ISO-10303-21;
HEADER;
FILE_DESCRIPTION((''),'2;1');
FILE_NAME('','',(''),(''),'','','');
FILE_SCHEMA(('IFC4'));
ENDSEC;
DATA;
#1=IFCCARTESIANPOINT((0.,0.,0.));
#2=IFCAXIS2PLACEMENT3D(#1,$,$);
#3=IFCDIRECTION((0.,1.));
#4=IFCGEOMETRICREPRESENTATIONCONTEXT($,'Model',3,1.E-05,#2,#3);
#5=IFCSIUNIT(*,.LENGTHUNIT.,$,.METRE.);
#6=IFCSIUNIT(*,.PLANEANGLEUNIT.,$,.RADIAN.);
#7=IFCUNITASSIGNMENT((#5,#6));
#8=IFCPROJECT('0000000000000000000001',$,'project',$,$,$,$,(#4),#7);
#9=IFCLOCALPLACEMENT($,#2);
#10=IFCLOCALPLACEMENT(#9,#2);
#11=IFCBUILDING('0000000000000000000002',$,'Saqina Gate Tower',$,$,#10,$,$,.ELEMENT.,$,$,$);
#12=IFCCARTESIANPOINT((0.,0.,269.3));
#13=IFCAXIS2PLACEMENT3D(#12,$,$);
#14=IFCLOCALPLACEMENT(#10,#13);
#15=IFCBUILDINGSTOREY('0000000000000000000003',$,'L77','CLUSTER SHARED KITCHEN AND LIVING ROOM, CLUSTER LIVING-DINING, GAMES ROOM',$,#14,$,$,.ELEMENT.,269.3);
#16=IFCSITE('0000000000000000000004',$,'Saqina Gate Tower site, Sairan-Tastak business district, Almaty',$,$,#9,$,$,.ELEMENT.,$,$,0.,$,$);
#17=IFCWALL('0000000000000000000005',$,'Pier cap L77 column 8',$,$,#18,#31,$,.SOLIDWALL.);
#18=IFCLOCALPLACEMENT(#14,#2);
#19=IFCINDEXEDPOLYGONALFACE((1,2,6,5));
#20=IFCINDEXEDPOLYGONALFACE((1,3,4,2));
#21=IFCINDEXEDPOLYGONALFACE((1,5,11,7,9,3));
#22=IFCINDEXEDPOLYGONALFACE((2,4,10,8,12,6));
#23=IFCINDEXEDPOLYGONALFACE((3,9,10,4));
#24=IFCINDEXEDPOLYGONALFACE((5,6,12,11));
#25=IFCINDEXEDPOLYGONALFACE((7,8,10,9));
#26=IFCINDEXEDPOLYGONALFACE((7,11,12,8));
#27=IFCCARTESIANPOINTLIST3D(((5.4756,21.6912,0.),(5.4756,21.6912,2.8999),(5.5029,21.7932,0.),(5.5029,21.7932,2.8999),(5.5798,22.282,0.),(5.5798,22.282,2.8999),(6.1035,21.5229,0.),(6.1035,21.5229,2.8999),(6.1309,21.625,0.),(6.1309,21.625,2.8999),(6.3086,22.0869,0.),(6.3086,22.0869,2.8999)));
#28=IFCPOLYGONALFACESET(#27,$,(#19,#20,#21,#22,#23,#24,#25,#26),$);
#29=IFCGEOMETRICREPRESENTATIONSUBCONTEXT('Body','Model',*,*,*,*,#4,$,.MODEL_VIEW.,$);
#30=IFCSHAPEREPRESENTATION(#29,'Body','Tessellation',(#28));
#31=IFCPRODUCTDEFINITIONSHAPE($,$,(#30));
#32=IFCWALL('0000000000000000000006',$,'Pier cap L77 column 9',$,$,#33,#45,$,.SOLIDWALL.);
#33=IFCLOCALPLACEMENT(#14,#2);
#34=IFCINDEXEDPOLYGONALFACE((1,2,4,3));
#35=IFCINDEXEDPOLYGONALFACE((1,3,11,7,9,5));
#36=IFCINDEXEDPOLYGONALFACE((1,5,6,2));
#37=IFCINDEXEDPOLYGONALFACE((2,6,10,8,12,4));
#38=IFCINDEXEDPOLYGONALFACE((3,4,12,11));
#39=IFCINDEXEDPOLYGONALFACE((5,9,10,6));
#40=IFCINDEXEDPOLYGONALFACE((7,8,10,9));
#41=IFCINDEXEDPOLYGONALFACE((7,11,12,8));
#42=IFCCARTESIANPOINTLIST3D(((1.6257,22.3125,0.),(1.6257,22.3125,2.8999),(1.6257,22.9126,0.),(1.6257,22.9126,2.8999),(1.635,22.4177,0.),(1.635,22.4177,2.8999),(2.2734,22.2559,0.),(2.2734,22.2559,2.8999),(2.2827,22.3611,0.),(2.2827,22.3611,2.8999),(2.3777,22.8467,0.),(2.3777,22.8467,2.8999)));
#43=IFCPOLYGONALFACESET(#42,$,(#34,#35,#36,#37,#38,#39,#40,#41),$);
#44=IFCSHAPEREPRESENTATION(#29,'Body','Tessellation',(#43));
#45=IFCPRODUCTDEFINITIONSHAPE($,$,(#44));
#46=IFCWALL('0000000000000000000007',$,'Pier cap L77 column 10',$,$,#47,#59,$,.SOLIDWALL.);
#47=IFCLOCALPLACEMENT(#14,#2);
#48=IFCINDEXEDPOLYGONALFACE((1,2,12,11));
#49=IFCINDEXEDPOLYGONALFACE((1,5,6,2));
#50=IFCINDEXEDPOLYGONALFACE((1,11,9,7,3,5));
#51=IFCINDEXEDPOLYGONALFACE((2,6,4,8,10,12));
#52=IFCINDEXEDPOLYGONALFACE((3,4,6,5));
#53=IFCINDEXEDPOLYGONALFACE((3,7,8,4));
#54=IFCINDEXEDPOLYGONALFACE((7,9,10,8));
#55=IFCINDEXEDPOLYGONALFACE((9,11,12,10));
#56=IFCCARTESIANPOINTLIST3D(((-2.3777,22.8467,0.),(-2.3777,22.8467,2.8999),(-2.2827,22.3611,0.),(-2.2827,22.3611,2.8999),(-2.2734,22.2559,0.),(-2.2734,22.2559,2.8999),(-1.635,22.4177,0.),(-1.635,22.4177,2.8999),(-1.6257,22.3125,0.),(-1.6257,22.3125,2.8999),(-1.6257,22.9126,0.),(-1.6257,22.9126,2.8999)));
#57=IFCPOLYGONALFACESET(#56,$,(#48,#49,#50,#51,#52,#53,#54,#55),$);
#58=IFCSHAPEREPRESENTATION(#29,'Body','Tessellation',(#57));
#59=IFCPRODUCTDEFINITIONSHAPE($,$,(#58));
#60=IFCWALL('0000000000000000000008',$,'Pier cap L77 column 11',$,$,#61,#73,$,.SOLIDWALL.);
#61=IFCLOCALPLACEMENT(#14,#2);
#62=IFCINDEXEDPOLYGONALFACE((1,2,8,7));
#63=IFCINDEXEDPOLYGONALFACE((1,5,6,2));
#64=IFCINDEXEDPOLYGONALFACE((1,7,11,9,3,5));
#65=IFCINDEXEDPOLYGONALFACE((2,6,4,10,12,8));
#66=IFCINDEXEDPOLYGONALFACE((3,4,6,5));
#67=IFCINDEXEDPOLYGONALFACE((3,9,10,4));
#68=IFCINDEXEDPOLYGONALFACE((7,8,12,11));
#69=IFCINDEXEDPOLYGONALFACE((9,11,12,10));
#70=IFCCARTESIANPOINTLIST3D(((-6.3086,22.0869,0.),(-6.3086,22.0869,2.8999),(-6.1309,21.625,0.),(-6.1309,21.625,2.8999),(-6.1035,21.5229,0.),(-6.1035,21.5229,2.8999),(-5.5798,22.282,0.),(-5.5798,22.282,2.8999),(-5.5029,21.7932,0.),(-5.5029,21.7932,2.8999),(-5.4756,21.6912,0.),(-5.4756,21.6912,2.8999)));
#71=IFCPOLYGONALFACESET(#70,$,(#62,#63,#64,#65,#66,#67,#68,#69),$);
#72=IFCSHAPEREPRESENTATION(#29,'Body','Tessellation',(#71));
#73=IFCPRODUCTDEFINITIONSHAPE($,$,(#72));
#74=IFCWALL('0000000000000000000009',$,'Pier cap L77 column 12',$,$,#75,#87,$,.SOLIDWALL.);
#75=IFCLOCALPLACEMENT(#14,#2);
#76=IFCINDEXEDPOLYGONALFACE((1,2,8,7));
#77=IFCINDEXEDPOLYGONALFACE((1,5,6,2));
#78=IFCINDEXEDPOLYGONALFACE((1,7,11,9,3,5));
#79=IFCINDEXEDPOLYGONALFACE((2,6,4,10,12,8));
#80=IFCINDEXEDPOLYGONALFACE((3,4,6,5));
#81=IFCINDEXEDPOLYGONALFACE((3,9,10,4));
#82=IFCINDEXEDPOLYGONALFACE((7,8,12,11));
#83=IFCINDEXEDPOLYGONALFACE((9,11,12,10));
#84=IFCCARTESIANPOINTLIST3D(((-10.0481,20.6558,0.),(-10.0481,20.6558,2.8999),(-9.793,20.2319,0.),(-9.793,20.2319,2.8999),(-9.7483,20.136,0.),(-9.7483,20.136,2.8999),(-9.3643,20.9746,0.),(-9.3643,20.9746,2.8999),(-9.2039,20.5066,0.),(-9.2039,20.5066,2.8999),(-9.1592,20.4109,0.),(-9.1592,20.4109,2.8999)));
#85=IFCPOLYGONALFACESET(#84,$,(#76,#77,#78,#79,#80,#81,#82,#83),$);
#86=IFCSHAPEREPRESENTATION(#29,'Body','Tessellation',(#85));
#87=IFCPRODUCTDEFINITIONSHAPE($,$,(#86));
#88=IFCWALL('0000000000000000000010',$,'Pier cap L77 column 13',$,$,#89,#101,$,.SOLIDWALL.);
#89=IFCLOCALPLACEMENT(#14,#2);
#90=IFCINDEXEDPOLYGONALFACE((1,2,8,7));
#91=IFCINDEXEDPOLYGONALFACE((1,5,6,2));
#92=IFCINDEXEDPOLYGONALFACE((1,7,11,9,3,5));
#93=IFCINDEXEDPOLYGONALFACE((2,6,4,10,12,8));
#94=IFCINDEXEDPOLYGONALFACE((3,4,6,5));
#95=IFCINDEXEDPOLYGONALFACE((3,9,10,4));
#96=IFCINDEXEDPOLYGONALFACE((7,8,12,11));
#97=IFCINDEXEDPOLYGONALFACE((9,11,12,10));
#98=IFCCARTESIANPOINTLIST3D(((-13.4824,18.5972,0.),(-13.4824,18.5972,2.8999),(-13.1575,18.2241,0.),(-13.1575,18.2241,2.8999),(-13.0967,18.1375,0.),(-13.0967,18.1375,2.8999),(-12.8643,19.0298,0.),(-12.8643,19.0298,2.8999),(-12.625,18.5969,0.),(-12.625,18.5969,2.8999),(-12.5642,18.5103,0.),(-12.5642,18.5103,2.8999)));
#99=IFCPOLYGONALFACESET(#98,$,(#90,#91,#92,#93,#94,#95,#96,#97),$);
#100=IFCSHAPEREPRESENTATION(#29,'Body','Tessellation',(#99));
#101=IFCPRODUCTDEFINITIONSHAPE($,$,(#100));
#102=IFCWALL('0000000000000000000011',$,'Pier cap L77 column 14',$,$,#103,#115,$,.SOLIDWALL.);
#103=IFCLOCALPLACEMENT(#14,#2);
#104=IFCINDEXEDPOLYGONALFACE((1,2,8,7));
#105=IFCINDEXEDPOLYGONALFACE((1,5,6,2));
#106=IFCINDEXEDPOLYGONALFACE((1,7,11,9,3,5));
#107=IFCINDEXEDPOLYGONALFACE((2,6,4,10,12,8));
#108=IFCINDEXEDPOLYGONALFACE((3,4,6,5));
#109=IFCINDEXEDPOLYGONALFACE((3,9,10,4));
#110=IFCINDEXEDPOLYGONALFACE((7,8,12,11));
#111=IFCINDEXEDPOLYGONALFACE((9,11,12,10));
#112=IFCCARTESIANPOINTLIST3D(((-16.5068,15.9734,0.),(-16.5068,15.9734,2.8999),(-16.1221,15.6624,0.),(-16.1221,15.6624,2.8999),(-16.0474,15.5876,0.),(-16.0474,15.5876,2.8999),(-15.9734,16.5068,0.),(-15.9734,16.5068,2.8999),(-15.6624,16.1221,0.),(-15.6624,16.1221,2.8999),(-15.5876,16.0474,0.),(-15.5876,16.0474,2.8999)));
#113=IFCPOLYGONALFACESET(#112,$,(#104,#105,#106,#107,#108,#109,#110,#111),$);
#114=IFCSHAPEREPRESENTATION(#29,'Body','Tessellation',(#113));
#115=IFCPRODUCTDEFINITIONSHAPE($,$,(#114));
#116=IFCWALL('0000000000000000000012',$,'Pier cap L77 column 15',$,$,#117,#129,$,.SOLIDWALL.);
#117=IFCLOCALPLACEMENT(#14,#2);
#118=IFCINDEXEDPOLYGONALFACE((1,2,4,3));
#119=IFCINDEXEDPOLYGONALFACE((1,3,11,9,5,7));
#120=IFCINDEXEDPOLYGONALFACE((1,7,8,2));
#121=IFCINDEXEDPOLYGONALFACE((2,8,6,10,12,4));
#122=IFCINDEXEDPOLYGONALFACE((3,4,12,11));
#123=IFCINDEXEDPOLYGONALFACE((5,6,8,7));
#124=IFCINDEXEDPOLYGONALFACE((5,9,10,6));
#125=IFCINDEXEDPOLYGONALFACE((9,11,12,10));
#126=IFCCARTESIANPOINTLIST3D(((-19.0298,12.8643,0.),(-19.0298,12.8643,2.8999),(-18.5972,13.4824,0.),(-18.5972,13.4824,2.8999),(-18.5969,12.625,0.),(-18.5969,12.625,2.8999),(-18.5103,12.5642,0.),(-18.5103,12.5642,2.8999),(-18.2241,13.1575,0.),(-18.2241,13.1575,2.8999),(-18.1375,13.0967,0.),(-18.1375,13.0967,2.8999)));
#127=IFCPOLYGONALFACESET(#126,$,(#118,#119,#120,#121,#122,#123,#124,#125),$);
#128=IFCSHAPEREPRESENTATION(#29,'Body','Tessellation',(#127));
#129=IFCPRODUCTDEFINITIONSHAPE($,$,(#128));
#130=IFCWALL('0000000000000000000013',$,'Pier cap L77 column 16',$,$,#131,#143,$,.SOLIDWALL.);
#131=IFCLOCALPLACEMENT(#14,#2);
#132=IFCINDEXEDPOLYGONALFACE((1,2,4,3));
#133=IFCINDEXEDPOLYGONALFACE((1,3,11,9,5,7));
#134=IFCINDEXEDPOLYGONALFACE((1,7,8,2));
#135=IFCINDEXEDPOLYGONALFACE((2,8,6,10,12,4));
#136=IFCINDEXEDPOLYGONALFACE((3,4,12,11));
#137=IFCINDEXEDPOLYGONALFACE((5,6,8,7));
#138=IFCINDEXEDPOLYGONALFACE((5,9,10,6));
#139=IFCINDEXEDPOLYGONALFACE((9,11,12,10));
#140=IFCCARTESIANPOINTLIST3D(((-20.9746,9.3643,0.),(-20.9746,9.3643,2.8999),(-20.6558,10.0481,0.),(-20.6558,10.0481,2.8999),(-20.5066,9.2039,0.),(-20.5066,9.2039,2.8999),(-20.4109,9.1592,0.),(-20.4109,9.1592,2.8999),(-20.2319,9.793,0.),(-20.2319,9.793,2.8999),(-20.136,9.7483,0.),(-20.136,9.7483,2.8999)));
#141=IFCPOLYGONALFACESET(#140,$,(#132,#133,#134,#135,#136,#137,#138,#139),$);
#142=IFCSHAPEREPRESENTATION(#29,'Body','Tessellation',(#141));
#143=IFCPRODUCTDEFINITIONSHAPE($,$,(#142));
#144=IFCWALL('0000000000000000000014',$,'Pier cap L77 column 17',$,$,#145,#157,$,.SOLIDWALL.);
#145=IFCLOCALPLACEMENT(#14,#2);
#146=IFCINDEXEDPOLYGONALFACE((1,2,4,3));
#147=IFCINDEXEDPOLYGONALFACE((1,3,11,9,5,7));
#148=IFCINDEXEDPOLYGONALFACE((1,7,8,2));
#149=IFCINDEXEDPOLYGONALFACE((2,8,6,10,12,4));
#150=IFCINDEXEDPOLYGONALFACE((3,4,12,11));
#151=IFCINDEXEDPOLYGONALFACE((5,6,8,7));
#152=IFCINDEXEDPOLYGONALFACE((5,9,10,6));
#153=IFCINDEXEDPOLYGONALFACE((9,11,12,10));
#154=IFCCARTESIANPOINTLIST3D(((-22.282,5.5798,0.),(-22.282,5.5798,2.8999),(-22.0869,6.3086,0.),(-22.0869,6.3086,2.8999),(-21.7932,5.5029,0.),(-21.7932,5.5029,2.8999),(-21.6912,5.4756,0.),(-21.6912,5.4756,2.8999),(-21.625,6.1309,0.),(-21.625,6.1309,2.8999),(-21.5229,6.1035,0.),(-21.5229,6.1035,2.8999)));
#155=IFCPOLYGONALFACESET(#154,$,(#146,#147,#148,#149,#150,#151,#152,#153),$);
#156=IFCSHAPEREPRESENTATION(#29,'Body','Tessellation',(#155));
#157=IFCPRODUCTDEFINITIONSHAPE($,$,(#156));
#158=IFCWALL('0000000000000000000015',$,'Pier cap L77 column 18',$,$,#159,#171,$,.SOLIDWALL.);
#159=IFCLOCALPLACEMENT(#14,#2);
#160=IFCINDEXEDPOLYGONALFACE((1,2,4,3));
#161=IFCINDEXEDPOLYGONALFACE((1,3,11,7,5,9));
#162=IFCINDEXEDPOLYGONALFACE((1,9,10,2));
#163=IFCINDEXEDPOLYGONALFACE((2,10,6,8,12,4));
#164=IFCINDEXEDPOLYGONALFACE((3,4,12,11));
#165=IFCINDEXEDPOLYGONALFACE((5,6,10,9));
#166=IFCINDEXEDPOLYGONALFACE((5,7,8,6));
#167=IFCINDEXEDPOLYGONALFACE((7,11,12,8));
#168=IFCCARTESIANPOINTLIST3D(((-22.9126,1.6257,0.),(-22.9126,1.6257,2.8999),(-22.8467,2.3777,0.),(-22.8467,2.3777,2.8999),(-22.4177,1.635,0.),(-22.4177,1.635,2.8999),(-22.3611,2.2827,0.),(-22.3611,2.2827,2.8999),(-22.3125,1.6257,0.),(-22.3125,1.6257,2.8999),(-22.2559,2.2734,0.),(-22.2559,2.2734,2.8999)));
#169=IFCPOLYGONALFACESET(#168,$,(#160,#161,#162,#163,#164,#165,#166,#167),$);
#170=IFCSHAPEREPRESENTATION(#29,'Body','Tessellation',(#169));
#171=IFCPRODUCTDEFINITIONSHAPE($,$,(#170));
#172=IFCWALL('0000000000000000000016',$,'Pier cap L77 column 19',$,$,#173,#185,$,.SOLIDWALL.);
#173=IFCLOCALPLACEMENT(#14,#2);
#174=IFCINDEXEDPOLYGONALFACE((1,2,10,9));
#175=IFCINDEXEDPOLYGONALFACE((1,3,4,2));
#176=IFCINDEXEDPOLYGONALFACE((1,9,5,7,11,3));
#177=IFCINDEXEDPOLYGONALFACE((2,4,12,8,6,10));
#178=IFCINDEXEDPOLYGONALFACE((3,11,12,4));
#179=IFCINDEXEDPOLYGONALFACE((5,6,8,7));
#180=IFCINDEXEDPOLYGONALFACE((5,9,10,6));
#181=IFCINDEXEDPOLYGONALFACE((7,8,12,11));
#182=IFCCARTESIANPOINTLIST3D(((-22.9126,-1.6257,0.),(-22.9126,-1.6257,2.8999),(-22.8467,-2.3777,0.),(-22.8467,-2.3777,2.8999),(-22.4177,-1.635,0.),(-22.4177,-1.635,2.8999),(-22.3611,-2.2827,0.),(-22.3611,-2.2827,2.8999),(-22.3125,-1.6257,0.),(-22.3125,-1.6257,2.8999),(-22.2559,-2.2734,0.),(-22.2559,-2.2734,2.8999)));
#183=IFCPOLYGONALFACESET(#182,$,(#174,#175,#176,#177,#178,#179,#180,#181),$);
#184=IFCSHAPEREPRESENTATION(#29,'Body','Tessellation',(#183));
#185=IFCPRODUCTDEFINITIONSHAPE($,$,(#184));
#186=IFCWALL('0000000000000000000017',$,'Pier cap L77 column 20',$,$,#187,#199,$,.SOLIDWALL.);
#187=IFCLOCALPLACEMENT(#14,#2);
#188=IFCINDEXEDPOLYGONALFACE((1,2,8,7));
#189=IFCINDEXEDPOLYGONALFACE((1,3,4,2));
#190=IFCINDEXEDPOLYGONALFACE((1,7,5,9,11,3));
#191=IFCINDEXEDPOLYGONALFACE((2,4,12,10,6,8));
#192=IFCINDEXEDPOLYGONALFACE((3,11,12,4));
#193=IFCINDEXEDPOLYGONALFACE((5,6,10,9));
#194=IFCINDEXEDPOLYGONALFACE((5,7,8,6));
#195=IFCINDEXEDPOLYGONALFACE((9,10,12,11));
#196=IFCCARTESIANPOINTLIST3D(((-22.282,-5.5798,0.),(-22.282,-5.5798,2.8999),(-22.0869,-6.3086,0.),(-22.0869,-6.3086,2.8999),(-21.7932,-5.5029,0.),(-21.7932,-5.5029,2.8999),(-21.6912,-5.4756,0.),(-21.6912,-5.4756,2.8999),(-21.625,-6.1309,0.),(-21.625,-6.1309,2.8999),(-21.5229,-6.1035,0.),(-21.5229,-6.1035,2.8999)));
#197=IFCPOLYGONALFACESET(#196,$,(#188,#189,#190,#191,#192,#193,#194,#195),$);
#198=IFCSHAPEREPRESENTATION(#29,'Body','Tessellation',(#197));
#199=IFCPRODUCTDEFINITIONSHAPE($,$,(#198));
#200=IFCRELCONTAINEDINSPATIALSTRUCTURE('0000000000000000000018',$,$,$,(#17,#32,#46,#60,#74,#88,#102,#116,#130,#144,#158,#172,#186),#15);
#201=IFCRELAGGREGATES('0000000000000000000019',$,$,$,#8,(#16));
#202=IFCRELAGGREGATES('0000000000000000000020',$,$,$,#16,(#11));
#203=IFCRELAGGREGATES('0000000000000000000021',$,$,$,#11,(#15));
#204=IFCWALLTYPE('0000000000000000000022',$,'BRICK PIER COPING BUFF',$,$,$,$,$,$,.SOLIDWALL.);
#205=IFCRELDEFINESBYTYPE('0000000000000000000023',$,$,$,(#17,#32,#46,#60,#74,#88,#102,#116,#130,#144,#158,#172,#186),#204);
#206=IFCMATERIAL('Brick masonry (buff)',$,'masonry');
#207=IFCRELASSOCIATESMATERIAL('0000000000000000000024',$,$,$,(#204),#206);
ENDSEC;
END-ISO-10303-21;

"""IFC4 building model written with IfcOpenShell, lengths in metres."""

from ifc_helpers import new_model, si_unit, direction, frame, origin, place, context, subcontext, project, spatial, polyline, outline, extrude, material, type_object, element, save


model = new_model("IFC4")

# Units and contexts
model_context = context("Model", 3, precision=1e-05, world=origin(), true_north=direction((0.0, 1.0)))
body_context = subcontext(model_context, "Body", "Model", "MODEL_VIEW")
ifc_project = project(units=[si_unit("LENGTHUNIT", "METRE"), si_unit("PLANEANGLEUNIT", "RADIAN")], contexts=[model_context])

# Site, building, storey
site_placement = place(None, origin())
site = spatial("IfcSite", under=ifc_project, at=site_placement, Name="Saqina Gate Tower site, Sairan-Tastak business district, Almaty", CompositionType="ELEMENT", RefElevation=0.0)
building_placement = place(site_placement, origin())
building = spatial("IfcBuilding", under=site, at=building_placement, Name="Saqina Gate Tower", CompositionType="ELEMENT")
storey_placement = place(building_placement, frame((0.0, 0.0, 269.3)))
storey = spatial("IfcBuildingStorey", under=building, at=storey_placement, Name="L77", Description="CLUSTER SHARED KITCHEN AND LIVING ROOM, CLUSTER LIVING-DINING, GAMES ROOM", CompositionType="ELEMENT", Elevation=269.3)

# Walls
ifc_material_1 = material(Name="Brick masonry (buff)", Category="masonry")
wall_type_1 = type_object("IfcWallType", Name="BRICK PIER COPING BUFF", PredefinedType="SOLIDWALL", material=ifc_material_1)
wall_1_placement = place(storey_placement, origin())
element("IfcWall", 1, at=wall_1_placement, inside=storey, type_object=wall_type_1, Name="Pier cap L77 column 8", PredefinedType="SOLIDWALL", context=body_context, shape_type="SweptSolid", body=[
    extrude(outline(polyline([(5.5798, 22.282), (5.4756, 21.6912), (5.5029, 21.7932), (6.1309, 21.625), (6.1035, 21.5229), (6.3086, 22.0869), (5.5798, 22.282)])), origin(), (0.0, 0.0, 1.0), 2.8999),
])
wall_2_placement = place(storey_placement, origin())
element("IfcWall", 2, at=wall_2_placement, inside=storey, type_object=wall_type_1, Name="Pier cap L77 column 9", PredefinedType="SOLIDWALL", context=body_context, shape_type="SweptSolid", body=[
    extrude(outline(polyline([(2.3777, 22.8467), (1.6257, 22.9126), (1.6257, 22.3125), (1.635, 22.4177), (2.2827, 22.3611), (2.2734, 22.2559), (2.3777, 22.8467)])), origin(), (0.0, 0.0, 1.0), 2.8999),
])
wall_3_placement = place(storey_placement, origin())
element("IfcWall", 3, at=wall_3_placement, inside=storey, type_object=wall_type_1, Name="Pier cap L77 column 10", PredefinedType="SOLIDWALL", context=body_context, shape_type="SweptSolid", body=[
    extrude(outline(polyline([(-1.6257, 22.9126), (-2.3777, 22.8467), (-2.2734, 22.2559), (-2.2827, 22.3611), (-1.635, 22.4177), (-1.6257, 22.3125), (-1.6257, 22.9126)])), origin(), (0.0, 0.0, 1.0), 2.8999),
])
wall_4_placement = place(storey_placement, origin())
element("IfcWall", 4, at=wall_4_placement, inside=storey, type_object=wall_type_1, Name="Pier cap L77 column 11", PredefinedType="SOLIDWALL", context=body_context, shape_type="SweptSolid", body=[
    extrude(outline(polyline([(-6.3086, 22.0869), (-6.1035, 21.5229), (-6.1309, 21.625), (-5.5029, 21.7932), (-5.4756, 21.6912), (-5.5798, 22.282), (-6.3086, 22.0869)])), origin(), (0.0, 0.0, 1.0), 2.8999),
])
wall_5_placement = place(storey_placement, origin())
element("IfcWall", 5, at=wall_5_placement, inside=storey, type_object=wall_type_1, Name="Pier cap L77 column 12", PredefinedType="SOLIDWALL", context=body_context, shape_type="SweptSolid", body=[
    extrude(outline(polyline([(-9.3643, 20.9746), (-10.0481, 20.6558), (-9.7483, 20.136), (-9.793, 20.2319), (-9.2039, 20.5066), (-9.1592, 20.4109), (-9.3643, 20.9746)])), origin(), (0.0, 0.0, 1.0), 2.8999),
])
wall_6_placement = place(storey_placement, origin())
element("IfcWall", 6, at=wall_6_placement, inside=storey, type_object=wall_type_1, Name="Pier cap L77 column 13", PredefinedType="SOLIDWALL", context=body_context, shape_type="SweptSolid", body=[
    extrude(outline(polyline([(-12.8643, 19.0298), (-13.4824, 18.5972), (-13.0967, 18.1375), (-13.1575, 18.2241), (-12.625, 18.5969), (-12.5642, 18.5103), (-12.8643, 19.0298)])), origin(), (0.0, 0.0, 1.0), 2.8999),
])
wall_7_placement = place(storey_placement, origin())
element("IfcWall", 7, at=wall_7_placement, inside=storey, type_object=wall_type_1, Name="Pier cap L77 column 14", PredefinedType="SOLIDWALL", context=body_context, shape_type="SweptSolid", body=[
    extrude(outline(polyline([(-16.5068, 15.9734), (-16.0474, 15.5876), (-16.1221, 15.6624), (-15.6624, 16.1221), (-15.5876, 16.0474), (-15.9734, 16.5068), (-16.5068, 15.9734)])), origin(), (0.0, 0.0, 1.0), 2.8999),
])
wall_8_placement = place(storey_placement, origin())
element("IfcWall", 8, at=wall_8_placement, inside=storey, type_object=wall_type_1, Name="Pier cap L77 column 15", PredefinedType="SOLIDWALL", context=body_context, shape_type="SweptSolid", body=[
    extrude(outline(polyline([(-19.0298, 12.8643), (-18.5103, 12.5642), (-18.5969, 12.625), (-18.2241, 13.1575), (-18.1375, 13.0967), (-18.5972, 13.4824), (-19.0298, 12.8643)])), origin(), (0.0, 0.0, 1.0), 2.8999),
])
wall_9_placement = place(storey_placement, origin())
element("IfcWall", 9, at=wall_9_placement, inside=storey, type_object=wall_type_1, Name="Pier cap L77 column 16", PredefinedType="SOLIDWALL", context=body_context, shape_type="SweptSolid", body=[
    extrude(outline(polyline([(-20.6558, 10.0481), (-20.9746, 9.3643), (-20.4109, 9.1592), (-20.5066, 9.2039), (-20.2319, 9.793), (-20.136, 9.7483), (-20.6558, 10.0481)])), origin(), (0.0, 0.0, 1.0), 2.8999),
])
wall_10_placement = place(storey_placement, origin())
element("IfcWall", 10, at=wall_10_placement, inside=storey, type_object=wall_type_1, Name="Pier cap L77 column 17", PredefinedType="SOLIDWALL", context=body_context, shape_type="SweptSolid", body=[
    extrude(outline(polyline([(-22.282, 5.5798), (-21.6912, 5.4756), (-21.7932, 5.5029), (-21.625, 6.1309), (-21.5229, 6.1035), (-22.0869, 6.3086), (-22.282, 5.5798)])), origin(), (0.0, 0.0, 1.0), 2.8999),
])
wall_11_placement = place(storey_placement, origin())
element("IfcWall", 11, at=wall_11_placement, inside=storey, type_object=wall_type_1, Name="Pier cap L77 column 18", PredefinedType="SOLIDWALL", context=body_context, shape_type="SweptSolid", body=[
    extrude(outline(polyline([(-22.8467, 2.3777), (-22.9126, 1.6257), (-22.3125, 1.6257), (-22.4177, 1.635), (-22.3611, 2.2827), (-22.2559, 2.2734), (-22.8467, 2.3777)])), origin(), (0.0, 0.0, 1.0), 2.8999),
])
wall_12_placement = place(storey_placement, origin())
element("IfcWall", 12, at=wall_12_placement, inside=storey, type_object=wall_type_1, Name="Pier cap L77 column 19", PredefinedType="SOLIDWALL", context=body_context, shape_type="SweptSolid", body=[
    extrude(outline(polyline([(-22.9126, -1.6257), (-22.8467, -2.3777), (-22.2559, -2.2734), (-22.3611, -2.2827), (-22.4177, -1.635), (-22.3125, -1.6257), (-22.9126, -1.6257)])), origin(), (0.0, 0.0, 1.0), 2.8999),
])
wall_13_placement = place(storey_placement, origin())
element("IfcWall", 13, at=wall_13_placement, inside=storey, type_object=wall_type_1, Name="Pier cap L77 column 20", PredefinedType="SOLIDWALL", context=body_context, shape_type="SweptSolid", body=[
    extrude(outline(polyline([(-22.0869, -6.3086), (-21.5229, -6.1035), (-21.625, -6.1309), (-21.7932, -5.5029), (-21.6912, -5.4756), (-22.282, -5.5798), (-22.0869, -6.3086)])), origin(), (0.0, 0.0, 1.0), 2.8999),
])

save(model, "model.ifc")
